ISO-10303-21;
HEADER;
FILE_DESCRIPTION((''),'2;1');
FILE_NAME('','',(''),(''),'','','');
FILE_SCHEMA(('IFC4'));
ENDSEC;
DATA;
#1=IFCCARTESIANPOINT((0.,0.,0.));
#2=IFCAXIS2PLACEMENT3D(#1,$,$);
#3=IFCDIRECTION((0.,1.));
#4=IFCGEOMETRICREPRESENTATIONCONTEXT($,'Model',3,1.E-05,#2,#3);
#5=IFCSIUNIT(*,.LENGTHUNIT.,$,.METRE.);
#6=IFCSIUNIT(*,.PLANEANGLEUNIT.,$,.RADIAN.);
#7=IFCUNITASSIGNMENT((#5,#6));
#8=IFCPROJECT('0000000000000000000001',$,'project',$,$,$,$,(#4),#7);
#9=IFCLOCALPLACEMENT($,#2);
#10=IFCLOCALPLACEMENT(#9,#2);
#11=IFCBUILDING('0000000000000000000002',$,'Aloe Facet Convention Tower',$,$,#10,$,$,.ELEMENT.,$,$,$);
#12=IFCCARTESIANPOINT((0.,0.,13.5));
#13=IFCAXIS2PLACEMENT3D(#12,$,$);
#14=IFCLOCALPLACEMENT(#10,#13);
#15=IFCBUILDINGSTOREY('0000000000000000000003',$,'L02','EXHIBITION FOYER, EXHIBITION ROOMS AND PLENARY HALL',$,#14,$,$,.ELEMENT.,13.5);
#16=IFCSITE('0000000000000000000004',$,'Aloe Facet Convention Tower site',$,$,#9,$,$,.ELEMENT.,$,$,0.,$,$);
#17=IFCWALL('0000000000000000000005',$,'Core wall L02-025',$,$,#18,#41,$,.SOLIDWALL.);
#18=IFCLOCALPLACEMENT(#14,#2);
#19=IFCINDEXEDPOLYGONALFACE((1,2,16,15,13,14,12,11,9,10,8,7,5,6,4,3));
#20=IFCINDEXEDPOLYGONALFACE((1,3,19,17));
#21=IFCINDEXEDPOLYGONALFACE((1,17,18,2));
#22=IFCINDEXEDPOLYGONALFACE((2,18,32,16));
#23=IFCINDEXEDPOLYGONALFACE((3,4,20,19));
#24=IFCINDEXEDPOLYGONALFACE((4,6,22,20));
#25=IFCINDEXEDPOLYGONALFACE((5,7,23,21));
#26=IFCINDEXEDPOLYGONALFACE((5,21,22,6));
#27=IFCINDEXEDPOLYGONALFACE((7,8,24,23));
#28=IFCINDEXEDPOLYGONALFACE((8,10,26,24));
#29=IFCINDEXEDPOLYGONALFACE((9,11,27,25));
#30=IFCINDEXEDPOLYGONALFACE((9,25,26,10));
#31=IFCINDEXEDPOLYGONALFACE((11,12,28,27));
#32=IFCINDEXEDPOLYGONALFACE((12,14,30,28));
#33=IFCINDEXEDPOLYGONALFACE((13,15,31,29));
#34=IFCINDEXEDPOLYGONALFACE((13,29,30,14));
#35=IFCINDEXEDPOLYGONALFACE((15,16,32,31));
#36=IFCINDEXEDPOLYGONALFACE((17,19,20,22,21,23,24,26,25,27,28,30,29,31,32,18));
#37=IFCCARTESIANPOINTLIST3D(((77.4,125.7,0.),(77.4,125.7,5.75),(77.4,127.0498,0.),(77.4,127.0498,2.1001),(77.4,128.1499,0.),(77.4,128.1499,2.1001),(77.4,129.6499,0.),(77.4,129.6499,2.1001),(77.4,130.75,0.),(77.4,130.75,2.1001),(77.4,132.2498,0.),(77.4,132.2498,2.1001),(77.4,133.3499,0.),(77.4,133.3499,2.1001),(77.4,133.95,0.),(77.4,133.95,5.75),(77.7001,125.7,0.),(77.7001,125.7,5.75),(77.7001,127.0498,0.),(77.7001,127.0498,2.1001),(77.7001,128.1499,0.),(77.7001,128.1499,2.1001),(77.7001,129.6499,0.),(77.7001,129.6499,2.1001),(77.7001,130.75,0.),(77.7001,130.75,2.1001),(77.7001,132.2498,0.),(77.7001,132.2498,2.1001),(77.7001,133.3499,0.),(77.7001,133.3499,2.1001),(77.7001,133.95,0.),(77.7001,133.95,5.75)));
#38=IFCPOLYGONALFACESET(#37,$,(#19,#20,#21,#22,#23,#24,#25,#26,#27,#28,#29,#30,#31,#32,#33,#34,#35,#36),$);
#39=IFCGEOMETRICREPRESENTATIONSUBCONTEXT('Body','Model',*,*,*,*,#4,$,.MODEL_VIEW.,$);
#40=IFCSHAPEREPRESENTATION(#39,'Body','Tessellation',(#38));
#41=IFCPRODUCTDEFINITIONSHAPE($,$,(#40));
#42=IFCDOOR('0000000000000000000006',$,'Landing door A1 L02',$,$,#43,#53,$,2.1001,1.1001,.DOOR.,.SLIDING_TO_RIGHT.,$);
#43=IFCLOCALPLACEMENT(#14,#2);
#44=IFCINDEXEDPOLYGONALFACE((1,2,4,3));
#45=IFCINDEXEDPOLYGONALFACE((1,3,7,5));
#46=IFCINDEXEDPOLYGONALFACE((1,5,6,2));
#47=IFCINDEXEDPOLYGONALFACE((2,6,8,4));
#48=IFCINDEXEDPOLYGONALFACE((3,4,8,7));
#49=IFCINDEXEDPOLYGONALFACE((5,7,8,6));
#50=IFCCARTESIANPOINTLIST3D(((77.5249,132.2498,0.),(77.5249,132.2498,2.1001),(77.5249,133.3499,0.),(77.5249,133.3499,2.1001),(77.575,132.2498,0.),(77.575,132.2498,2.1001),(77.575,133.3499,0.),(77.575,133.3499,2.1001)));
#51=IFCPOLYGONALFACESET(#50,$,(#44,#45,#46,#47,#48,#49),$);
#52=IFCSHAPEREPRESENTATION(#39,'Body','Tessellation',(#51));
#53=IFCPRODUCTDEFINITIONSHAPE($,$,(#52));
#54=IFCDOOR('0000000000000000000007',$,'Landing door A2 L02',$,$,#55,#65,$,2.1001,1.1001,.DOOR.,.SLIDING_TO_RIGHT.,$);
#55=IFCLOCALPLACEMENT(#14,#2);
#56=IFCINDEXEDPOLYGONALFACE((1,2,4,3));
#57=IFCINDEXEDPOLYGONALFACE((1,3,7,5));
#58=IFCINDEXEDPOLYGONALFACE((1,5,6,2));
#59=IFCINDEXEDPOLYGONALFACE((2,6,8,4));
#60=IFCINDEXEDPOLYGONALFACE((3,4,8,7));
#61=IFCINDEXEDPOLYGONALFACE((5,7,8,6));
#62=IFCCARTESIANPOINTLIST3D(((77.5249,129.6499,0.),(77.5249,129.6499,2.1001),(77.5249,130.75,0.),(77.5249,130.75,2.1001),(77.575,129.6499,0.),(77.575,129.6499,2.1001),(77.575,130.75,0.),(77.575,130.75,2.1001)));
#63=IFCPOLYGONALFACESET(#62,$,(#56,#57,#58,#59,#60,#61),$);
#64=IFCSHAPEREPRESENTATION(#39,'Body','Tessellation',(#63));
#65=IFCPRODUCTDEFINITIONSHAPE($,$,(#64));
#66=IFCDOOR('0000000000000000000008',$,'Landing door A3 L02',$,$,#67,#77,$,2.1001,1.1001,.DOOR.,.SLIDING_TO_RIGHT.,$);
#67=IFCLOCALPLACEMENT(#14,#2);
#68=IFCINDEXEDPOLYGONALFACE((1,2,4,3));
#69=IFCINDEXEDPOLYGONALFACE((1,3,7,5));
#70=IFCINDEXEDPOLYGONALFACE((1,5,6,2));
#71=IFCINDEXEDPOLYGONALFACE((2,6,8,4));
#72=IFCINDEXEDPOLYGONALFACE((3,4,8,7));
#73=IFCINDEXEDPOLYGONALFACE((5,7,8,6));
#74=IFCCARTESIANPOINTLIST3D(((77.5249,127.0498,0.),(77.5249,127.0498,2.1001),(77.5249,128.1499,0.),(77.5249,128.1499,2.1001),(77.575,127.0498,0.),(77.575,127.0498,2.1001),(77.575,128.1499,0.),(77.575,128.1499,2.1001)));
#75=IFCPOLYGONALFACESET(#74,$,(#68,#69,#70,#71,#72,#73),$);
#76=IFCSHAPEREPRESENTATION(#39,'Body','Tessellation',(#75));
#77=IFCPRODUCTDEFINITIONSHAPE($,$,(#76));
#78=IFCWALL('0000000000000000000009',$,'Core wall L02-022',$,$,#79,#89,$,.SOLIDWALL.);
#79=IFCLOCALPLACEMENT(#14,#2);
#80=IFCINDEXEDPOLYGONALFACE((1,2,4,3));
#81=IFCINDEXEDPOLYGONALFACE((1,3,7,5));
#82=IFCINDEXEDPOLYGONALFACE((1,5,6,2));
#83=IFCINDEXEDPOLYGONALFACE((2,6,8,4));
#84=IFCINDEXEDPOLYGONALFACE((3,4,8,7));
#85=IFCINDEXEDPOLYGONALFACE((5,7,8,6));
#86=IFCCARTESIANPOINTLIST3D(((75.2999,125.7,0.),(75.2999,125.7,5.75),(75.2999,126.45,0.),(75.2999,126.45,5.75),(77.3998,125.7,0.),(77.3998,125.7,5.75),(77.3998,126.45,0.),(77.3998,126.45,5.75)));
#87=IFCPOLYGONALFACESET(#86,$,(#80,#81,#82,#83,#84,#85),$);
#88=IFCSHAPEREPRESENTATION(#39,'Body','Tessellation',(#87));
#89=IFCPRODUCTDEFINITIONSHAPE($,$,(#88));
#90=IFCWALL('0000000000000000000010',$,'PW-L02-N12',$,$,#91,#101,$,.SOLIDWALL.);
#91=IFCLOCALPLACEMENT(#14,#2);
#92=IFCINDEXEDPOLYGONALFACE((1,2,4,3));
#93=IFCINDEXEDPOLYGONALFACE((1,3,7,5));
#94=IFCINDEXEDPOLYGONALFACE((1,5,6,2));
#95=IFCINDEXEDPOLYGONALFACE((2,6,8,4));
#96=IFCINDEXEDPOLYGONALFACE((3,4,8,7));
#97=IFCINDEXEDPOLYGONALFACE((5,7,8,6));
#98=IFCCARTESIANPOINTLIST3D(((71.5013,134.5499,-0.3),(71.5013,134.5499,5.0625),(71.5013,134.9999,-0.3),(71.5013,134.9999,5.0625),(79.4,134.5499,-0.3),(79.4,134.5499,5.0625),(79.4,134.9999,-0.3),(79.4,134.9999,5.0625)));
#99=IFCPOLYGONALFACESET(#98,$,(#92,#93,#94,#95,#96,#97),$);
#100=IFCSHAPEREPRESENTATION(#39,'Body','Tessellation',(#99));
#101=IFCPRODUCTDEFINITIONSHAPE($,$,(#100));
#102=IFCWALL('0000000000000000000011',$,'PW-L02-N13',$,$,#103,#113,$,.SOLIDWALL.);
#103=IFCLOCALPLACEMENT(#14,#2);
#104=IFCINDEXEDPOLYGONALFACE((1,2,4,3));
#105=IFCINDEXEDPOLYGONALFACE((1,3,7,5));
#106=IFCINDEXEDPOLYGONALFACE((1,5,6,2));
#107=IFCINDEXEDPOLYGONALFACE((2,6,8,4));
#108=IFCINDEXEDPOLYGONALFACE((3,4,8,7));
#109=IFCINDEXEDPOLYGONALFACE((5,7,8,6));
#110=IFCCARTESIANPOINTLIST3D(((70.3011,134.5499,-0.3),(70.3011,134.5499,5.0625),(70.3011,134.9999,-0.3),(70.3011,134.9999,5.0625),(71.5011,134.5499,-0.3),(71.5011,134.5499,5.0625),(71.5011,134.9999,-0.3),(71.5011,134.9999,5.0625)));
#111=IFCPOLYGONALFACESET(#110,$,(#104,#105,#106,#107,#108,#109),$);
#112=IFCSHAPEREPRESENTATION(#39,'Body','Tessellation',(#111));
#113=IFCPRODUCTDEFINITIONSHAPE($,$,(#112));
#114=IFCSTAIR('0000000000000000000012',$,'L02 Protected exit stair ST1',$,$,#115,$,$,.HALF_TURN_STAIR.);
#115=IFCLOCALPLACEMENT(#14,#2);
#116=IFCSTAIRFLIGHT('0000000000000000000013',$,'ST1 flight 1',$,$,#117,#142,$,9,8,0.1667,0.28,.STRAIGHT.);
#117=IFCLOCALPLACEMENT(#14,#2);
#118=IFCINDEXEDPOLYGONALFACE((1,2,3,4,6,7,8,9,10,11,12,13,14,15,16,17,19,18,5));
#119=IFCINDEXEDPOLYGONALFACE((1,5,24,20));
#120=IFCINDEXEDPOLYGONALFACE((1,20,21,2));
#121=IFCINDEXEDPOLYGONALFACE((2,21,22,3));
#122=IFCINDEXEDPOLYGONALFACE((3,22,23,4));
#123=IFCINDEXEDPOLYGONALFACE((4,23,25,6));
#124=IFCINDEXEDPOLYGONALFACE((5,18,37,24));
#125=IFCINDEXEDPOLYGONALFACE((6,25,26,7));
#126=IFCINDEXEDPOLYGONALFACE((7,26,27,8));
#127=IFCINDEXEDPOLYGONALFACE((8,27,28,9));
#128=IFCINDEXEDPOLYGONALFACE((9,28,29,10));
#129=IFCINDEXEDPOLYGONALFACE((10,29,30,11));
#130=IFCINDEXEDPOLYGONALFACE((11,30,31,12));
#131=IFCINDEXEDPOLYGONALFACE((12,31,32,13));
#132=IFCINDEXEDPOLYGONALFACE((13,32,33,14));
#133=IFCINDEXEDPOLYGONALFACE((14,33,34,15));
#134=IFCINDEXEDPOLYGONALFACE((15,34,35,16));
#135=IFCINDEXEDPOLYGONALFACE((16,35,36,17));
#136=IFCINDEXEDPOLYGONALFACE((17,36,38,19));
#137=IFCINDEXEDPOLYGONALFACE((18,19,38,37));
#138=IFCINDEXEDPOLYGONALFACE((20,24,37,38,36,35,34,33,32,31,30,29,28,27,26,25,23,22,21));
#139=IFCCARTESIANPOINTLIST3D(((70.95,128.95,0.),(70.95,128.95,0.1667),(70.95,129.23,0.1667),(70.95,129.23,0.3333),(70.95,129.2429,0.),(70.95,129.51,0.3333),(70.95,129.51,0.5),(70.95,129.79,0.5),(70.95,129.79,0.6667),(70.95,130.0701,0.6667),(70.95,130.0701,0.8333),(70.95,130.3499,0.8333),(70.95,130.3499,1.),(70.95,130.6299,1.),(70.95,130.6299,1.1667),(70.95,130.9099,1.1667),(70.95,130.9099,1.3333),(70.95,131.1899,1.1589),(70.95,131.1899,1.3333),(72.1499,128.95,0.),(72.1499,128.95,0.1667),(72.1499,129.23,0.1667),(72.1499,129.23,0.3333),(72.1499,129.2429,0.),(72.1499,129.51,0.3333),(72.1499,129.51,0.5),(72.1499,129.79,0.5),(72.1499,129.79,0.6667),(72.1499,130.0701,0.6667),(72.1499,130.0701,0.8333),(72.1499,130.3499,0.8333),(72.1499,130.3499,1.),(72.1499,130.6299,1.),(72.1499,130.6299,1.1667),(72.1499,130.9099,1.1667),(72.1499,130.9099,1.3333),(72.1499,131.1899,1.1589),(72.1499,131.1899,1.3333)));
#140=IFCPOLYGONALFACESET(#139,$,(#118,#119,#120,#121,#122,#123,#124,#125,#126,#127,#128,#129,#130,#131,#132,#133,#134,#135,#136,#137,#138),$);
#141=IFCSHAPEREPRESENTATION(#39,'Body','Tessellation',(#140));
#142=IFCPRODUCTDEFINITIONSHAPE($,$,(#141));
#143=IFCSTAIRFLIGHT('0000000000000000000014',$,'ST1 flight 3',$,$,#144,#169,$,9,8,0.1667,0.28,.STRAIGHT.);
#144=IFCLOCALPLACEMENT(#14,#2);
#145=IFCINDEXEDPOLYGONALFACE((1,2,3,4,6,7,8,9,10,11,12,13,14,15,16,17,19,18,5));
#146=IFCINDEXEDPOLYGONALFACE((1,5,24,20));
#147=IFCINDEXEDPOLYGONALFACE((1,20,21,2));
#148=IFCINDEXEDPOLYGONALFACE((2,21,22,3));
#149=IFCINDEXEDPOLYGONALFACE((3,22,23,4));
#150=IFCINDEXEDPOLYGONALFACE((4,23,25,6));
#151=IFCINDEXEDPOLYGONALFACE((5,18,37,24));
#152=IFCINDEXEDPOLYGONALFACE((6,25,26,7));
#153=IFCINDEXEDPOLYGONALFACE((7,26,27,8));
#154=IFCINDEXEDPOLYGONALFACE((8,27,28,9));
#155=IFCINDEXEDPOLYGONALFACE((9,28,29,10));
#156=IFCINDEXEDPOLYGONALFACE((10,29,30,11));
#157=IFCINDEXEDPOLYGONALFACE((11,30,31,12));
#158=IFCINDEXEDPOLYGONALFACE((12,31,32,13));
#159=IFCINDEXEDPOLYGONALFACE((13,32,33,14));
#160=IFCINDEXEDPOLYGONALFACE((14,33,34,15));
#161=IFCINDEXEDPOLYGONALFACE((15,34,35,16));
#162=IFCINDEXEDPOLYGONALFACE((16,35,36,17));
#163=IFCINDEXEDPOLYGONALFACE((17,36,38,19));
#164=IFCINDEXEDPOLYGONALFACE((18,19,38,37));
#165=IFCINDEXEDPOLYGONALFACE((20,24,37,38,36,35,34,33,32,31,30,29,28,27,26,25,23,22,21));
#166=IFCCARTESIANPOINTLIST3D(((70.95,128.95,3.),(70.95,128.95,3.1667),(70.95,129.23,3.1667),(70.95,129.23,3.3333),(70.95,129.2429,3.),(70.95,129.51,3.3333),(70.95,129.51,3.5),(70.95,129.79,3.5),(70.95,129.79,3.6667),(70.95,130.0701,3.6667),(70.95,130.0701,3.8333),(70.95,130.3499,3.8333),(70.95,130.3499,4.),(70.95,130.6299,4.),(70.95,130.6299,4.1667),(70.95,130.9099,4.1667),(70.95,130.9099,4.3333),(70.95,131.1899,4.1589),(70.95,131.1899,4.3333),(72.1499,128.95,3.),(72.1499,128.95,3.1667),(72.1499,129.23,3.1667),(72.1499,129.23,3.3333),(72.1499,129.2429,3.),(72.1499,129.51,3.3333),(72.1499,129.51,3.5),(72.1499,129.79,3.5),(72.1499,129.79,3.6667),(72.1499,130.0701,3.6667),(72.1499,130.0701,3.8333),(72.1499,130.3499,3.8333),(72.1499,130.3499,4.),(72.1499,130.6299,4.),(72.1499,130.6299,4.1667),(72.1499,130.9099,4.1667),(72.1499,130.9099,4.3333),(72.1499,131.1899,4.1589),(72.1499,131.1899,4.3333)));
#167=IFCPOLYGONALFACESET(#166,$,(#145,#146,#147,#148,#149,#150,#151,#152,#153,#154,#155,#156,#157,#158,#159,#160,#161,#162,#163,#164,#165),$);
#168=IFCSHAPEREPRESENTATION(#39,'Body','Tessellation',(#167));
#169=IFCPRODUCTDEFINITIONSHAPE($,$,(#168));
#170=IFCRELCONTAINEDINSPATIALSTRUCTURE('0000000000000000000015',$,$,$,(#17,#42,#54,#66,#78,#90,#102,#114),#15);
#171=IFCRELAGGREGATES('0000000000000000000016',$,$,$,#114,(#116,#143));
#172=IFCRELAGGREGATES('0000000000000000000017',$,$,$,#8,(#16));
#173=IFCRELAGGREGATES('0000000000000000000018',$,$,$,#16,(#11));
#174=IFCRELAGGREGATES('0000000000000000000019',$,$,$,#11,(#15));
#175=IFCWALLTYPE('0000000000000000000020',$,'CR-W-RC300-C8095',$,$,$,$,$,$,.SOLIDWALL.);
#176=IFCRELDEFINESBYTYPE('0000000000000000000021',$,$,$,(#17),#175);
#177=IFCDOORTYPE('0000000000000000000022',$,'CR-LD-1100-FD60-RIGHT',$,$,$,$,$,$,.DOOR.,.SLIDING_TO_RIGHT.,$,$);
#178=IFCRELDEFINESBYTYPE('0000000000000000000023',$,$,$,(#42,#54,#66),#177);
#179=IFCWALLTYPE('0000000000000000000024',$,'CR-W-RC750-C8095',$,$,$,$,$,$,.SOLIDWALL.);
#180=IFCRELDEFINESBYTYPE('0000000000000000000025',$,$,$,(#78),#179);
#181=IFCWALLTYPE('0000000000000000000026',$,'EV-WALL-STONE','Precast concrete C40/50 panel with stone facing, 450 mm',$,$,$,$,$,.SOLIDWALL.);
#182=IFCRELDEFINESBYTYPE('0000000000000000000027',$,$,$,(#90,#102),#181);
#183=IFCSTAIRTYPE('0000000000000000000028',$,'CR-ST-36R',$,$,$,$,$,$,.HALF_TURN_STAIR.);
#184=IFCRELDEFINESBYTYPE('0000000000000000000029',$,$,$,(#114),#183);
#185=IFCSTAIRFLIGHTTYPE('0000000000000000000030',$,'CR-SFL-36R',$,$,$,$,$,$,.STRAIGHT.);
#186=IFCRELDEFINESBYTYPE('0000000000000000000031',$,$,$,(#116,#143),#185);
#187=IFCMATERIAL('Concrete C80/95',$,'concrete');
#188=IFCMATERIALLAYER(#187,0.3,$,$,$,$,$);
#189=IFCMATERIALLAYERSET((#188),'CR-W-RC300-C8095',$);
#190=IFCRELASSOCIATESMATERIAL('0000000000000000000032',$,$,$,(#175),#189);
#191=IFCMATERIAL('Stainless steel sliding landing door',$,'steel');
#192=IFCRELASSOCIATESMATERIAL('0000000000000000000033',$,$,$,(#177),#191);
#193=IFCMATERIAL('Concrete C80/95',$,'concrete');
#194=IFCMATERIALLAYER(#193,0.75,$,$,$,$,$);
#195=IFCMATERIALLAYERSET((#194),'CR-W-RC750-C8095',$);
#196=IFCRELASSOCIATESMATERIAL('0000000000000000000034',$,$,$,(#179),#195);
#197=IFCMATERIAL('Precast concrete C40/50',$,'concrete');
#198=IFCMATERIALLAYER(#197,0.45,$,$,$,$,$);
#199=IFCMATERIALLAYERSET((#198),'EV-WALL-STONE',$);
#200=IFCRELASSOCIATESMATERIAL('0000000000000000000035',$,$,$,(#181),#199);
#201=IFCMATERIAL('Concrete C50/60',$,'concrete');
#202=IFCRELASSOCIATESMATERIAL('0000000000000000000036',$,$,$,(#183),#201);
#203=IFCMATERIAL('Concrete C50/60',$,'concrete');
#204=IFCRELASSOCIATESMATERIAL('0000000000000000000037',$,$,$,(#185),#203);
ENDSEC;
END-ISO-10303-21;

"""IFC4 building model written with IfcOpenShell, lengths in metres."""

from ifc_helpers import new_model, si_unit, direction, frame, frame_2d, origin, place, context, subcontext, project, spatial, polyline, rectangle, outline, extrude, material, layer, layer_set, type_object, element, fill, aggregate, save


model = new_model("IFC4")

# Units and contexts
model_context = context("Model", 3, precision=1e-05, world=origin(), true_north=direction((0.0, 1.0)))
body_context = subcontext(model_context, "Body", "Model", "MODEL_VIEW")
ifc_project = project(units=[si_unit("LENGTHUNIT", "METRE"), si_unit("PLANEANGLEUNIT", "RADIAN")], contexts=[model_context])

# Site, building, storey
site_placement = place(None, origin())
site = spatial("IfcSite", under=ifc_project, at=site_placement, Name="Aloe Facet Convention Tower site", CompositionType="ELEMENT", RefElevation=0.0)
building_placement = place(site_placement, origin())
building = spatial("IfcBuilding", under=site, at=building_placement, Name="Aloe Facet Convention Tower", CompositionType="ELEMENT")
storey_placement = place(building_placement, frame((0.0, 0.0, 13.5)))
storey = spatial("IfcBuildingStorey", under=building, at=storey_placement, Name="L02", Description="EXHIBITION FOYER, EXHIBITION ROOMS AND PLENARY HALL", CompositionType="ELEMENT", Elevation=13.5)

# Shared definitions
ifc_material_1 = material(Name="Concrete C80/95", Category="concrete")
ifc_layer_1 = layer(ifc_material_1, 0.3)
ifc_layer_set_1 = layer_set([ifc_layer_1], Name="CR-W-RC300-C8095")
wall_type_1 = type_object("IfcWallType", Name="CR-W-RC300-C8095", PredefinedType="SOLIDWALL", material=ifc_layer_set_1)

# Wall, openings, doors
wall_1_placement = place(storey_placement, frame((77.55, 133.95, 0.0), z_axis=(0.0, 0.0, 1.0), x_axis=(0.0, -1.0, 0.0)))
wall_1 = element("IfcWall", 1, at=wall_1_placement, inside=storey, type_object=wall_type_1, Name="Core wall L02-025", PredefinedType="SOLIDWALL", context=body_context, shape_type="SweptSolid", body=[
    extrude(rectangle(XDim=8.25, YDim=0.3, at=frame_2d((4.125, 0.0))), origin(), (0.0, 0.0, 1.0), 5.75),
])
opening_1_placement = place(wall_1_placement, frame((0.6001, 0.0, 0.0)))
opening_1 = element("IfcOpeningElement", 2, at=opening_1_placement, cuts=wall_1, PredefinedType="OPENING", context=body_context, shape_type="SweptSolid", body=[
    extrude(rectangle(XDim=1.1001, YDim=2.1001, at=frame_2d((0.55, 1.05))), frame((0.0, 0.1602, 0.0), z_axis=(0.0, -1.0, 0.0), x_axis=(1.0, 0.0, 0.0)), (0.0, 0.0, 1.0), 0.3201),
])
opening_2_placement = place(wall_1_placement, frame((3.2, 0.0, 0.0)))
opening_2 = element("IfcOpeningElement", 3, at=opening_2_placement, cuts=wall_1, PredefinedType="OPENING", context=body_context, shape_type="SweptSolid", body=[
    extrude(rectangle(XDim=1.1001, YDim=2.1001, at=frame_2d((0.55, 1.05))), frame((0.0, 0.1602, 0.0), z_axis=(0.0, -1.0, 0.0), x_axis=(1.0, 0.0, 0.0)), (0.0, 0.0, 1.0), 0.3201),
])
opening_3_placement = place(wall_1_placement, frame((5.8, 0.0, 0.0)))
opening_3 = element("IfcOpeningElement", 4, at=opening_3_placement, cuts=wall_1, PredefinedType="OPENING", context=body_context, shape_type="SweptSolid", body=[
    extrude(rectangle(XDim=1.1001, YDim=2.1001, at=frame_2d((0.55, 1.05))), frame((0.0, 0.1602, 0.0), z_axis=(0.0, -1.0, 0.0), x_axis=(1.0, 0.0, 0.0)), (0.0, 0.0, 1.0), 0.3201),
])
ifc_material_2 = material(Name="Stainless steel sliding landing door", Category="steel")
door_type_1 = type_object("IfcDoorType", Name="CR-LD-1100-FD60-RIGHT", OperationType="SLIDING_TO_RIGHT", PredefinedType="DOOR", material=ifc_material_2)
door_1_placement = place(opening_1_placement, origin())
door_1 = element("IfcDoor", 5, at=door_1_placement, inside=storey, type_object=door_type_1, Name="Landing door A1 L02", OperationType="SLIDING_TO_RIGHT", OverallHeight=2.1001, OverallWidth=1.1001, PredefinedType="DOOR", context=body_context, shape_type="SweptSolid", body=[
    extrude(rectangle(XDim=1.1001, YDim=2.1001, at=frame_2d((0.55, 1.05))), frame((0.0, 0.0249, 0.0), z_axis=(0.0, -1.0, 0.0), x_axis=(1.0, 0.0, 0.0)), (0.0, 0.0, 1.0), 0.05),
])
fill(opening_1, door_1)
door_2_placement = place(opening_2_placement, origin())
door_2 = element("IfcDoor", 6, at=door_2_placement, inside=storey, type_object=door_type_1, Name="Landing door A2 L02", OperationType="SLIDING_TO_RIGHT", OverallHeight=2.1001, OverallWidth=1.1001, PredefinedType="DOOR", context=body_context, shape_type="SweptSolid", body=[
    extrude(rectangle(XDim=1.1001, YDim=2.1001, at=frame_2d((0.55, 1.05))), frame((0.0, 0.0249, 0.0), z_axis=(0.0, -1.0, 0.0), x_axis=(1.0, 0.0, 0.0)), (0.0, 0.0, 1.0), 0.05),
])
fill(opening_2, door_2)
door_3_placement = place(opening_3_placement, origin())
door_3 = element("IfcDoor", 7, at=door_3_placement, inside=storey, type_object=door_type_1, Name="Landing door A3 L02", OperationType="SLIDING_TO_RIGHT", OverallHeight=2.1001, OverallWidth=1.1001, PredefinedType="DOOR", context=body_context, shape_type="SweptSolid", body=[
    extrude(rectangle(XDim=1.1001, YDim=2.1001, at=frame_2d((0.55, 1.05))), frame((0.0, 0.0249, 0.0), z_axis=(0.0, -1.0, 0.0), x_axis=(1.0, 0.0, 0.0)), (0.0, 0.0, 1.0), 0.05),
])
fill(opening_3, door_3)

# Walls
ifc_material_3 = material(Name="Concrete C80/95", Category="concrete")
ifc_layer_2 = layer(ifc_material_3, 0.75)
ifc_layer_set_2 = layer_set([ifc_layer_2], Name="CR-W-RC750-C8095")
wall_type_2 = type_object("IfcWallType", Name="CR-W-RC750-C8095", PredefinedType="SOLIDWALL", material=ifc_layer_set_2)
wall_2_placement = place(storey_placement, frame((75.3, 126.075, 0.0), z_axis=(0.0, 0.0, 1.0), x_axis=(1.0, 0.0, 0.0)))
element("IfcWall", 8, at=wall_2_placement, inside=storey, type_object=wall_type_2, Name="Core wall L02-022", PredefinedType="SOLIDWALL", context=body_context, shape_type="SweptSolid", body=[
    extrude(rectangle(XDim=2.0999, YDim=0.75, at=frame_2d((1.0498, 0.0))), origin(), (0.0, 0.0, 1.0), 5.75),
])
ifc_material_4 = material(Name="Precast concrete C40/50", Category="concrete")
ifc_layer_3 = layer(ifc_material_4, 0.45)
ifc_layer_set_3 = layer_set([ifc_layer_3], Name="EV-WALL-STONE")
wall_type_3 = type_object("IfcWallType", Name="EV-WALL-STONE", Description="Precast concrete C40/50 panel with stone facing, 450 mm", PredefinedType="SOLIDWALL", material=ifc_layer_set_3)
wall_3_placement = place(storey_placement, frame((79.3999, 134.7749, -0.3), z_axis=(0.0, 0.0, 1.0), x_axis=(-1.0, 0.0, 0.0)))
element("IfcWall", 9, at=wall_3_placement, inside=storey, type_object=wall_type_3, Name="PW-L02-N12", PredefinedType="SOLIDWALL", context=body_context, shape_type="SweptSolid", body=[
    extrude(rectangle(XDim=7.8987, YDim=0.45, at=frame_2d((3.9492, 0.0))), origin(), (0.0, 0.0, 1.0), 5.3625),
])
wall_4_placement = place(storey_placement, frame((71.5012, 134.7749, -0.3), z_axis=(0.0, 0.0, 1.0), x_axis=(-1.0, 0.0, 0.0)))
element("IfcWall", 10, at=wall_4_placement, inside=storey, type_object=wall_type_3, Name="PW-L02-N13", PredefinedType="SOLIDWALL", context=body_context, shape_type="SweptSolid", body=[
    extrude(rectangle(XDim=1.2, YDim=0.45, at=frame_2d((0.6001, 0.0))), origin(), (0.0, 0.0, 1.0), 5.3625),
])

# Stair, stair flights
ifc_material_5 = material(Name="Concrete C50/60", Category="concrete")
stair_type = type_object("IfcStairType", Name="CR-ST-36R", PredefinedType="HALF_TURN_STAIR", material=ifc_material_5)
stair_placement = place(storey_placement, origin())
stair = element("IfcStair", 11, at=stair_placement, inside=storey, type_object=stair_type, Name="L02 Protected exit stair ST1", PredefinedType="HALF_TURN_STAIR")
ifc_material_6 = material(Name="Concrete C50/60", Category="concrete")
stair_flight_type = type_object("IfcStairFlightType", Name="CR-SFL-36R", PredefinedType="STRAIGHT", material=ifc_material_6)
stair_flight_1_placement = place(storey_placement, frame((71.55, 128.95, 0.0), z_axis=(0.0, 0.0, 1.0), x_axis=(0.0, 1.0, 0.0)))
stair_flight_1 = element("IfcStairFlight", 12, at=stair_flight_1_placement, type_object=stair_flight_type, Name="ST1 flight 1", NumberOfRisers=9, NumberOfTreads=8, PredefinedType="STRAIGHT", RiserHeight=0.1667, TreadLength=0.28, context=body_context, shape_type="SweptSolid", body=[
    extrude(outline(polyline([(0.0, 0.0), (0.0, 0.1667), (0.28, 0.1667), (0.28, 0.3333), (0.5601, 0.3333), (0.5601, 0.5), (0.8401, 0.5), (0.8401, 0.6667), (1.1201, 0.6667), (1.1201, 0.8333), (1.3999, 0.8333), (1.3999, 1.0), (1.6799, 1.0), (1.6799, 1.1667), (1.96, 1.1667), (1.96, 1.3333), (2.24, 1.3333), (2.24, 1.5), (2.24, 1.1589), (0.293, 0.0), (0.0, 0.0)])), frame((0.0, 0.6001, 0.0), z_axis=(0.0, -1.0, 0.0), x_axis=(1.0, 0.0, 0.0)), (0.0, 0.0, 1.0), 1.2),
])
stair_flight_2_placement = place(storey_placement, frame((71.55, 128.95, 3.0), z_axis=(0.0, 0.0, 1.0), x_axis=(0.0, 1.0, 0.0)))
stair_flight_2 = element("IfcStairFlight", 13, at=stair_flight_2_placement, type_object=stair_flight_type, Name="ST1 flight 3", NumberOfRisers=9, NumberOfTreads=8, PredefinedType="STRAIGHT", RiserHeight=0.1667, TreadLength=0.28, context=body_context, shape_type="SweptSolid", body=[
    extrude(outline(polyline([(0.0, 0.0), (0.0, 0.1667), (0.28, 0.1667), (0.28, 0.3333), (0.5601, 0.3333), (0.5601, 0.5), (0.8401, 0.5), (0.8401, 0.6667), (1.1201, 0.6667), (1.1201, 0.8333), (1.3999, 0.8333), (1.3999, 1.0), (1.6799, 1.0), (1.6799, 1.1667), (1.96, 1.1667), (1.96, 1.3333), (2.24, 1.3333), (2.24, 1.5), (2.24, 1.1589), (0.293, 0.0), (0.0, 0.0)])), frame((0.0, 0.6001, 0.0), z_axis=(0.0, -1.0, 0.0), x_axis=(1.0, 0.0, 0.0)), (0.0, 0.0, 1.0), 1.2),
])
aggregate(stair, [stair_flight_1, stair_flight_2])

save(model, "model.ifc")
